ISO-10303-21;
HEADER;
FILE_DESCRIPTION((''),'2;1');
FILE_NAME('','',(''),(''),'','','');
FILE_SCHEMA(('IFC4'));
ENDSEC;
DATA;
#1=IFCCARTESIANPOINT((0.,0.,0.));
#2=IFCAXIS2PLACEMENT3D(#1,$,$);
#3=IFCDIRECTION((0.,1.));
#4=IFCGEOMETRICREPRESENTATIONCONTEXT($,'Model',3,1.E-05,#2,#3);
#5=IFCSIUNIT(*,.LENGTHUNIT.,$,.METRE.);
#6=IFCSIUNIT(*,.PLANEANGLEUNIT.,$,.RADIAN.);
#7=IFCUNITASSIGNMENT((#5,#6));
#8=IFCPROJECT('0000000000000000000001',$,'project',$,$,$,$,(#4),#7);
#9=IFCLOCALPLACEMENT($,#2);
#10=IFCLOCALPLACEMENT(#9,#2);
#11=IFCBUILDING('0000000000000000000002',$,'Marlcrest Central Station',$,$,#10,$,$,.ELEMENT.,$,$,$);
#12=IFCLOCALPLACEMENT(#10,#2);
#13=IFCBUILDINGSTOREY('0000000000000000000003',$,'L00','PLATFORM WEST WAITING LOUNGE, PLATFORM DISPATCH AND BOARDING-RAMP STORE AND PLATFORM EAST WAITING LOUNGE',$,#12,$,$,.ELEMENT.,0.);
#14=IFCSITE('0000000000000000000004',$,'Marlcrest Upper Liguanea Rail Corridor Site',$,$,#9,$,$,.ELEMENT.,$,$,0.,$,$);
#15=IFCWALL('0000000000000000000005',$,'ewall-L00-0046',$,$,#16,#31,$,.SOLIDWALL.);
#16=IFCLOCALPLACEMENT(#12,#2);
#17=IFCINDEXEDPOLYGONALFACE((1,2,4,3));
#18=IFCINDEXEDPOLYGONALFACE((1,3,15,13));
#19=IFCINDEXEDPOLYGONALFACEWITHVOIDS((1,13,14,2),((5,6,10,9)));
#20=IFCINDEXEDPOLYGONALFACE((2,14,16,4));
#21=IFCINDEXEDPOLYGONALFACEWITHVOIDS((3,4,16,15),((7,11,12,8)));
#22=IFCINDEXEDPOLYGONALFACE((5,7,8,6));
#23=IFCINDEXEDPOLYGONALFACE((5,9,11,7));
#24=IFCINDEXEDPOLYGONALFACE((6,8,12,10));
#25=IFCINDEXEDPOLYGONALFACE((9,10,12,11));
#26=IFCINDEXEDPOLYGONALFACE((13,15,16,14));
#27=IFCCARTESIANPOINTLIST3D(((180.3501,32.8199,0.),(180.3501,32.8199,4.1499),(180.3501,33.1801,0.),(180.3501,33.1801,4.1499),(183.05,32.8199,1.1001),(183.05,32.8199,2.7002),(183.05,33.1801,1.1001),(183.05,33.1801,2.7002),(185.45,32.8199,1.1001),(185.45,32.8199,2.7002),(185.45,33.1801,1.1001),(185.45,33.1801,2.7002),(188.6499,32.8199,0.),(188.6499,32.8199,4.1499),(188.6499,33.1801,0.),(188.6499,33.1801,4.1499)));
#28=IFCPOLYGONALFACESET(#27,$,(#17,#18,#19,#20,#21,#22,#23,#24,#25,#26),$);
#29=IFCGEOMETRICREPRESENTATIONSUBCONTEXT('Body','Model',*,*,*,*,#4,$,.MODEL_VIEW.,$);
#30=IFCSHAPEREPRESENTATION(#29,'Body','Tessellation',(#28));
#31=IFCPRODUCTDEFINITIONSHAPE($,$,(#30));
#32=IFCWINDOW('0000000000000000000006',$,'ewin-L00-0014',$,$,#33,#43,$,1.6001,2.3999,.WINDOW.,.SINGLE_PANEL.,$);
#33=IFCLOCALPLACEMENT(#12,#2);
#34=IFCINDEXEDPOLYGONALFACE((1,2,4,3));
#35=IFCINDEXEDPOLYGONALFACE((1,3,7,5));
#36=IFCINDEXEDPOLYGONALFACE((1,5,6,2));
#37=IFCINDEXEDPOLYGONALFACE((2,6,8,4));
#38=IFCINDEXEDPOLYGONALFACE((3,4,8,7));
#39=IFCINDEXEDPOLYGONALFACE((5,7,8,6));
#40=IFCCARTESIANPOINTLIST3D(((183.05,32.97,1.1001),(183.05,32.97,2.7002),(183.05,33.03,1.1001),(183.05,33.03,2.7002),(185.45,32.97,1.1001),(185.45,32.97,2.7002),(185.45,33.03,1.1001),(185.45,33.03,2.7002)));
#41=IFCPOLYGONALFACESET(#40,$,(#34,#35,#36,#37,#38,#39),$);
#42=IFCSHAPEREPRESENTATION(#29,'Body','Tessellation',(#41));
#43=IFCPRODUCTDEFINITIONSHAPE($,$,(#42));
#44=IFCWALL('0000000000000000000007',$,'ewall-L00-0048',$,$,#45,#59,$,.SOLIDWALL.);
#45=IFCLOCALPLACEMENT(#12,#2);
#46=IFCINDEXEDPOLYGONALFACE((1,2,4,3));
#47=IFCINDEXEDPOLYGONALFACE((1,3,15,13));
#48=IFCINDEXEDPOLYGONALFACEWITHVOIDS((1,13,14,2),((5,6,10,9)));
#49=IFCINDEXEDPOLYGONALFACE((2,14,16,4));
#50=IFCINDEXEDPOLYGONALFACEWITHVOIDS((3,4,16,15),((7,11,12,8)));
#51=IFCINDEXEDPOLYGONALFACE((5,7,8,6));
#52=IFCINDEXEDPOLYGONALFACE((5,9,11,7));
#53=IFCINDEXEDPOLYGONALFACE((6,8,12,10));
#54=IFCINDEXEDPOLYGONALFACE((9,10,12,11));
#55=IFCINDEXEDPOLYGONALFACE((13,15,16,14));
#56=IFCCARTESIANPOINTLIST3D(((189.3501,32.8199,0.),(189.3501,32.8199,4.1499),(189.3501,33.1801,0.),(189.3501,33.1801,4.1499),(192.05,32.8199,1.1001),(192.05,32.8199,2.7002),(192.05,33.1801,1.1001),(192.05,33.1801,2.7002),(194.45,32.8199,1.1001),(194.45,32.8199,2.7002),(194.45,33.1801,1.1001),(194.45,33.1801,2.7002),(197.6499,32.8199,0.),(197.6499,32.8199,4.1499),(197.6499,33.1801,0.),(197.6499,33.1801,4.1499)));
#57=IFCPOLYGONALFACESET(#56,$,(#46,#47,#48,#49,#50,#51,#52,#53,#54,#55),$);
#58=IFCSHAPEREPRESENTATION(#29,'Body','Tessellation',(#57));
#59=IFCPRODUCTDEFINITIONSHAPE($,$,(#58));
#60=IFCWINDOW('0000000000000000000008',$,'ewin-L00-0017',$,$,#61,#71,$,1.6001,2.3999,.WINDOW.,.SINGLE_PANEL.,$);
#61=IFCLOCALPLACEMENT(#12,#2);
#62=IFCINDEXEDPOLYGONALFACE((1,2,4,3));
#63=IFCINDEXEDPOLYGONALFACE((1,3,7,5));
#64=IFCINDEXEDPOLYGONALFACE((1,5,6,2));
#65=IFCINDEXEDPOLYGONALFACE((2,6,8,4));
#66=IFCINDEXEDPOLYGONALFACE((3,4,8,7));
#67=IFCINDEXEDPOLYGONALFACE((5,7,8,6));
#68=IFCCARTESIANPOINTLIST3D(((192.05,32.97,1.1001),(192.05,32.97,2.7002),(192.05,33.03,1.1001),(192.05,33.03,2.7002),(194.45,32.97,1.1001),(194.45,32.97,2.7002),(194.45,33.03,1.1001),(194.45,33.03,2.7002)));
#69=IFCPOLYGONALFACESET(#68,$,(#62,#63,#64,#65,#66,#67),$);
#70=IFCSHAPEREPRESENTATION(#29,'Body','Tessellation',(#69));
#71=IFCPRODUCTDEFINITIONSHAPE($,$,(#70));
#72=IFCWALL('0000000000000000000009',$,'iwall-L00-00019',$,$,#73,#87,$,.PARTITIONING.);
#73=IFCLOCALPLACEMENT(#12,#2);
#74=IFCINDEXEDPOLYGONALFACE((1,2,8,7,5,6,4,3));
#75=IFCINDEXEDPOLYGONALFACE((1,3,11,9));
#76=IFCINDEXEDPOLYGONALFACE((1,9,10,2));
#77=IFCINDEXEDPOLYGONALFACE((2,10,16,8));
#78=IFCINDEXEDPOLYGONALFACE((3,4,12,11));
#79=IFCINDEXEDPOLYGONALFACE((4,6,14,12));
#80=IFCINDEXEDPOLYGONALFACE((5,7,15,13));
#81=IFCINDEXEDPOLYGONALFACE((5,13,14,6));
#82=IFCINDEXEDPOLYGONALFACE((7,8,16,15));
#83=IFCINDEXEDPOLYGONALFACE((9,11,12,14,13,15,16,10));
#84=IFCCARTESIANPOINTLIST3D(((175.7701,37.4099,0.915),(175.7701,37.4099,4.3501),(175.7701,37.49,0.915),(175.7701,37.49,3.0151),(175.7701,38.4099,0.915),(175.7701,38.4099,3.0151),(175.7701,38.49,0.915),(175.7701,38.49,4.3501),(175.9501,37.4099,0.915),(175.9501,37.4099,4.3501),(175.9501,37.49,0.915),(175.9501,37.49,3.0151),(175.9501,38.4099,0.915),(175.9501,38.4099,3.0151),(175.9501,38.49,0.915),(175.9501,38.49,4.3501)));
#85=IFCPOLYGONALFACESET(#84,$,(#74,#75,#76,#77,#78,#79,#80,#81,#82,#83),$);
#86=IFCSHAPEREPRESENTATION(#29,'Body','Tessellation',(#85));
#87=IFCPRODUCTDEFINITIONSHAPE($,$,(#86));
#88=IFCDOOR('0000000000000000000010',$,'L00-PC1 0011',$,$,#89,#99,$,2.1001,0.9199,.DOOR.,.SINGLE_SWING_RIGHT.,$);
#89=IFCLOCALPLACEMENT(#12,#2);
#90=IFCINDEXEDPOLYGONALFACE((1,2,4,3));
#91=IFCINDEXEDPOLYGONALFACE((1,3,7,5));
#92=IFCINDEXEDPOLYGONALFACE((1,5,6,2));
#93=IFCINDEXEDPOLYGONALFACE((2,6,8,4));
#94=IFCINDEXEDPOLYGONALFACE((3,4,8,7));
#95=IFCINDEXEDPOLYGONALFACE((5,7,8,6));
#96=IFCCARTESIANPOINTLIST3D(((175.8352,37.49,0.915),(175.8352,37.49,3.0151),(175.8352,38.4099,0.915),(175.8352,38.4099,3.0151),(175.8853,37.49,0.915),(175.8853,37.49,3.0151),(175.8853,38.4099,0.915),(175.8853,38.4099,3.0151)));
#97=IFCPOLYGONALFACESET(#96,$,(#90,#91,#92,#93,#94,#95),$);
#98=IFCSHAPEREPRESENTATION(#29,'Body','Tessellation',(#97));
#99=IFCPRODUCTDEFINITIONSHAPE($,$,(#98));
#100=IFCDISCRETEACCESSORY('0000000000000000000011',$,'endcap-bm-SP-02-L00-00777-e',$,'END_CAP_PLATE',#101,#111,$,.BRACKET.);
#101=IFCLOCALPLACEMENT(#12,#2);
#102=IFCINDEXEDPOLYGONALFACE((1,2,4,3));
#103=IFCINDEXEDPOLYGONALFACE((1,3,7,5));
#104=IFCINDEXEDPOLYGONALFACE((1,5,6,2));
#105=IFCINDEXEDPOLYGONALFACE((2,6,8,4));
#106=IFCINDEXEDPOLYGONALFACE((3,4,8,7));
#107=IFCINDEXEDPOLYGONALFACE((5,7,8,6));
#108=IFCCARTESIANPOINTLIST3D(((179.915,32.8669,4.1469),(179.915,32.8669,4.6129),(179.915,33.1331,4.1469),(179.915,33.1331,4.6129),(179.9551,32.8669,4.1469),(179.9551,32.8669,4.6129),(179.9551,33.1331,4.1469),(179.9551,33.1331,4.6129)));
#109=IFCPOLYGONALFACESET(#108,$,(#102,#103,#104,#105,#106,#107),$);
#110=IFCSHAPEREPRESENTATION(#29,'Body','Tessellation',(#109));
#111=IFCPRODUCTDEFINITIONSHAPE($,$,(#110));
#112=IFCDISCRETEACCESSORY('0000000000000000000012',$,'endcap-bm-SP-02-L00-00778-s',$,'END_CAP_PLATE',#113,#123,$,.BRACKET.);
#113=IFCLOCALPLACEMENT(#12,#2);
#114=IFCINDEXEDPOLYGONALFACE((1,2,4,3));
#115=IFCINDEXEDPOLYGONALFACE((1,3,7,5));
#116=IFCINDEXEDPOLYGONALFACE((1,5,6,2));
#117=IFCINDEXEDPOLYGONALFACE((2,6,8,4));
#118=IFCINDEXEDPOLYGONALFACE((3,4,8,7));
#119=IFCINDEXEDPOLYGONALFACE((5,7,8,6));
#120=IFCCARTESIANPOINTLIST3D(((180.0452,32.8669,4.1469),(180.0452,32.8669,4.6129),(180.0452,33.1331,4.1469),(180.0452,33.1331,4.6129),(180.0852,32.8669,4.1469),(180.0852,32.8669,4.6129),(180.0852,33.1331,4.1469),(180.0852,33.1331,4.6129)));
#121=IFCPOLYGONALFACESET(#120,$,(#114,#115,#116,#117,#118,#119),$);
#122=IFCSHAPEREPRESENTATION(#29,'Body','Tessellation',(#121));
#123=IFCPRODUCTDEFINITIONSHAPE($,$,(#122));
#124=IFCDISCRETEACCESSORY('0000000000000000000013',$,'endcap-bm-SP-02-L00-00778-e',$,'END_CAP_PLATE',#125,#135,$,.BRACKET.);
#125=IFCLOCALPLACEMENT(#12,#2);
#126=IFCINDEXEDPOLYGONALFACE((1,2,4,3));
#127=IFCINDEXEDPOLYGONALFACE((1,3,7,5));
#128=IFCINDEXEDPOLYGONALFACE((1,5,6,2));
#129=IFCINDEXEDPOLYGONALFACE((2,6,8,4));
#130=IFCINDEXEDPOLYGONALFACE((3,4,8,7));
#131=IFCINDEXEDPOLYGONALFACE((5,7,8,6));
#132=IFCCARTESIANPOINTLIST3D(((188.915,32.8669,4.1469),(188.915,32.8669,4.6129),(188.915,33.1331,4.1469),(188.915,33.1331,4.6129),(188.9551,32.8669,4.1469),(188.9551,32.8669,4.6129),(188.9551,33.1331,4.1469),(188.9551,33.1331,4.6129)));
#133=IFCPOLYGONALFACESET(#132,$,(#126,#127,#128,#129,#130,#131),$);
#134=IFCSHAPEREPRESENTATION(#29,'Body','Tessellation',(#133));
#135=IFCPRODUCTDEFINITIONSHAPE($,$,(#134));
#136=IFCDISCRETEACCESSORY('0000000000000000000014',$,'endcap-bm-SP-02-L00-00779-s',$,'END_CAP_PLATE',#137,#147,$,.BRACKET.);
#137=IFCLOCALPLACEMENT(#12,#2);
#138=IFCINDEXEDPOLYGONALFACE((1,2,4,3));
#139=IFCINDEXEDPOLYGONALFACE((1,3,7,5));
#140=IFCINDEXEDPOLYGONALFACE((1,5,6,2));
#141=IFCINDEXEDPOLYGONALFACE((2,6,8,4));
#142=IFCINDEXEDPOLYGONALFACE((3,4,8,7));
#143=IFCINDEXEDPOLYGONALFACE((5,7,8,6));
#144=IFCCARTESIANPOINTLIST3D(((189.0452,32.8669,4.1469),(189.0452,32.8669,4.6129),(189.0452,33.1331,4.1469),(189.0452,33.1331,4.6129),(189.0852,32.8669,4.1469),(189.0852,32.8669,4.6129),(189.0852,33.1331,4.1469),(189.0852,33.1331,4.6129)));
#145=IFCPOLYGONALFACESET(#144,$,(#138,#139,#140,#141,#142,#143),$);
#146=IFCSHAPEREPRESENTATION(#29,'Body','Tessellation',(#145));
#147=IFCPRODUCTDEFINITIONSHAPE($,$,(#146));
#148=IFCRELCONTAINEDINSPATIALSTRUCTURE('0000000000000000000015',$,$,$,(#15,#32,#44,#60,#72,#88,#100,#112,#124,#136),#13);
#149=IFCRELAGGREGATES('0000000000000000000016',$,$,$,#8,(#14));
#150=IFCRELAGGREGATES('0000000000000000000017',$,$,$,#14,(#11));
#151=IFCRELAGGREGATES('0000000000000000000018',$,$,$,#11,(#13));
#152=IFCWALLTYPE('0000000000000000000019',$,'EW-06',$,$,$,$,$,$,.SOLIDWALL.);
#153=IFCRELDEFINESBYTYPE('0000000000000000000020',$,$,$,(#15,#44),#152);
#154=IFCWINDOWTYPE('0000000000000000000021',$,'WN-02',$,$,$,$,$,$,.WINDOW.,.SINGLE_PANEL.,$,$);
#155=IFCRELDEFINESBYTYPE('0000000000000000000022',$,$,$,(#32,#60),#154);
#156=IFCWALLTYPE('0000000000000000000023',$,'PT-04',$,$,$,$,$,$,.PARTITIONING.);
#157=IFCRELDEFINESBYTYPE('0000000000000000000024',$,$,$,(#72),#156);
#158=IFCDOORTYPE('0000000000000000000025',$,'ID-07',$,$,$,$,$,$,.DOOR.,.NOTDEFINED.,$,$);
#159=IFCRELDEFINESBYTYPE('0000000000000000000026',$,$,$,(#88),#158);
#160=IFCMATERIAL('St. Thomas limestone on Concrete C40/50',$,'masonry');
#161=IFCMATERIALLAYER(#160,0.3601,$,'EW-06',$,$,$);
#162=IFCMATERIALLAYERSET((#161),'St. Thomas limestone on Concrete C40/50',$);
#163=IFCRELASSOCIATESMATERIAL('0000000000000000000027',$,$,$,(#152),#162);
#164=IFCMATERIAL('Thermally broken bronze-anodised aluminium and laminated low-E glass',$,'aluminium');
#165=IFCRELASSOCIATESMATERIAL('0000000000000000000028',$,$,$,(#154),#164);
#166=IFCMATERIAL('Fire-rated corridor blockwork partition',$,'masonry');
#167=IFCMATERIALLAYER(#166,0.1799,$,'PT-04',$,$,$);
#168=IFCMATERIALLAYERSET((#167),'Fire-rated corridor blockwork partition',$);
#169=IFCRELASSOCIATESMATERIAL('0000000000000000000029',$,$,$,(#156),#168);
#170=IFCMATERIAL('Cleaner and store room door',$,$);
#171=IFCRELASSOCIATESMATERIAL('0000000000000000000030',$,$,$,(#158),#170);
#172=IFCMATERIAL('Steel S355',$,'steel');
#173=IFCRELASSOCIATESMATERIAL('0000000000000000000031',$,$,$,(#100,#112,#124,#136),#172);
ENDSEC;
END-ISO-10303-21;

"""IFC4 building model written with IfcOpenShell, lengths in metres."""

from ifc_helpers import new_model, si_unit, direction, frame, frame_2d, origin, origin_2d, place, context, subcontext, project, spatial, rectangle, extrude, material, layer, layer_set, type_object, element, fill, save


model = new_model("IFC4")

# Units and contexts
model_context = context("Model", 3, precision=1e-05, world=origin(), true_north=direction((0.0, 1.0)))
body_context = subcontext(model_context, "Body", "Model", "MODEL_VIEW")
ifc_project = project(units=[si_unit("LENGTHUNIT", "METRE"), si_unit("PLANEANGLEUNIT", "RADIAN")], contexts=[model_context])

# Site, building, storey
site_placement = place(None, origin())
site = spatial("IfcSite", under=ifc_project, at=site_placement, Name="Marlcrest Upper Liguanea Rail Corridor Site", CompositionType="ELEMENT", RefElevation=0.0)
building_placement = place(site_placement, origin())
building = spatial("IfcBuilding", under=site, at=building_placement, Name="Marlcrest Central Station", CompositionType="ELEMENT")
storey_placement = place(building_placement, origin())
storey = spatial("IfcBuildingStorey", under=building, at=storey_placement, Name="L00", Description="PLATFORM WEST WAITING LOUNGE, PLATFORM DISPATCH AND BOARDING-RAMP STORE AND PLATFORM EAST WAITING LOUNGE", CompositionType="ELEMENT", Elevation=0.0)

# Shared definitions
ifc_material_1 = material(Name="Steel S355", Category="steel")

# Walls, openings, windows
ifc_material_2 = material(Name="St. Thomas limestone on Concrete C40/50", Category="masonry")
ifc_layer_1 = layer(ifc_material_2, 0.3601, Name="EW-06")
ifc_layer_set_1 = layer_set([ifc_layer_1], Name="St. Thomas limestone on Concrete C40/50")
wall_type_1 = type_object("IfcWallType", Name="EW-06", PredefinedType="SOLIDWALL", material=ifc_layer_set_1)
wall_1_placement = place(storey_placement, frame((180.3501, 33.0, 0.0), z_axis=(0.0, 0.0, 1.0), x_axis=(1.0, 0.0, 0.0)))
wall_1 = element("IfcWall", 1, at=wall_1_placement, inside=storey, type_object=wall_type_1, Name="ewall-L00-0046", PredefinedType="SOLIDWALL", context=body_context, shape_type="SweptSolid", body=[
    extrude(rectangle(XDim=8.2998, YDim=0.3601, at=frame_2d((4.1499, 0.0))), origin(), (0.0, 0.0, 1.0), 4.1499),
])
opening_1_placement = place(wall_1_placement, frame((2.7, 0.0, 1.1001)))
opening_1 = element("IfcOpeningElement", 2, at=opening_1_placement, cuts=wall_1, PredefinedType="OPENING", context=body_context, shape_type="SweptSolid", body=[
    extrude(rectangle(XDim=2.3999, YDim=1.6001, at=frame_2d((1.2, 0.8))), frame((0.0, 0.1899, 0.0), z_axis=(0.0, -1.0, 0.0), x_axis=(1.0, 0.0, 0.0)), (0.0, 0.0, 1.0), 0.3801),
])
ifc_material_3 = material(Name="Thermally broken bronze-anodised aluminium and laminated low-E glass", Category="aluminium")
window_type = type_object("IfcWindowType", Name="WN-02", PartitioningType="SINGLE_PANEL", PredefinedType="WINDOW", material=ifc_material_3)
window_1_placement = place(opening_1_placement, origin())
window_1 = element("IfcWindow", 3, at=window_1_placement, inside=storey, type_object=window_type, Name="ewin-L00-0014", OverallHeight=1.6001, OverallWidth=2.3999, PartitioningType="SINGLE_PANEL", PredefinedType="WINDOW", context=body_context, shape_type="SweptSolid", body=[
    extrude(rectangle(XDim=2.3999, YDim=1.6001, at=frame_2d((1.2, 0.8))), frame((0.0, 0.03, 0.0), z_axis=(0.0, -1.0, 0.0), x_axis=(1.0, 0.0, 0.0)), (0.0, 0.0, 1.0), 0.0601),
])
fill(opening_1, window_1)
wall_2_placement = place(storey_placement, frame((189.3501, 33.0, 0.0), z_axis=(0.0, 0.0, 1.0), x_axis=(1.0, 0.0, 0.0)))
wall_2 = element("IfcWall", 4, at=wall_2_placement, inside=storey, type_object=wall_type_1, Name="ewall-L00-0048", PredefinedType="SOLIDWALL", context=body_context, shape_type="SweptSolid", body=[
    extrude(rectangle(XDim=8.2998, YDim=0.3601, at=frame_2d((4.1499, 0.0))), origin(), (0.0, 0.0, 1.0), 4.1499),
])
opening_2_placement = place(wall_2_placement, frame((2.7, 0.0, 1.1001)))
opening_2 = element("IfcOpeningElement", 5, at=opening_2_placement, cuts=wall_2, PredefinedType="OPENING", context=body_context, shape_type="SweptSolid", body=[
    extrude(rectangle(XDim=2.3999, YDim=1.6001, at=frame_2d((1.2, 0.8))), frame((0.0, 0.1899, 0.0), z_axis=(0.0, -1.0, 0.0), x_axis=(1.0, 0.0, 0.0)), (0.0, 0.0, 1.0), 0.3801),
])
window_2_placement = place(opening_2_placement, origin())
window_2 = element("IfcWindow", 6, at=window_2_placement, inside=storey, type_object=window_type, Name="ewin-L00-0017", OverallHeight=1.6001, OverallWidth=2.3999, PartitioningType="SINGLE_PANEL", PredefinedType="WINDOW", context=body_context, shape_type="SweptSolid", body=[
    extrude(rectangle(XDim=2.3999, YDim=1.6001, at=frame_2d((1.2, 0.8))), frame((0.0, 0.03, 0.0), z_axis=(0.0, -1.0, 0.0), x_axis=(1.0, 0.0, 0.0)), (0.0, 0.0, 1.0), 0.0601),
])
fill(opening_2, window_2)

# Wall, opening, door
ifc_material_4 = material(Name="Fire-rated corridor blockwork partition", Category="masonry")
ifc_layer_2 = layer(ifc_material_4, 0.1799, Name="PT-04")
ifc_layer_set_2 = layer_set([ifc_layer_2], Name="Fire-rated corridor blockwork partition")
wall_type_2 = type_object("IfcWallType", Name="PT-04", PredefinedType="PARTITIONING", material=ifc_layer_set_2)
wall_3_placement = place(storey_placement, frame((175.8601, 37.4099, 0.915), z_axis=(0.0, 0.0, 1.0), x_axis=(0.0, 1.0, 0.0)))
wall_3 = element("IfcWall", 7, at=wall_3_placement, inside=storey, type_object=wall_type_2, Name="iwall-L00-00019", PredefinedType="PARTITIONING", context=body_context, shape_type="SweptSolid", body=[
    extrude(rectangle(XDim=1.0801, YDim=0.1799, at=frame_2d((0.54, 0.0))), origin(), (0.0, 0.0, 1.0), 3.4351),
])
opening_3_placement = place(wall_3_placement, frame((0.0801, 0.0, 0.0)))
opening_3 = element("IfcOpeningElement", 8, at=opening_3_placement, cuts=wall_3, PredefinedType="OPENING", context=body_context, shape_type="SweptSolid", body=[
    extrude(rectangle(XDim=0.9199, YDim=2.1001, at=frame_2d((0.46, 1.05))), frame((0.0, 0.0999, 0.0), z_axis=(0.0, -1.0, 0.0), x_axis=(1.0, 0.0, 0.0)), (0.0, 0.0, 1.0), 0.2),
])
ifc_material_5 = material(Name="Cleaner and store room door")
door_type = type_object("IfcDoorType", Name="ID-07", OperationType="NOTDEFINED", PredefinedType="DOOR", material=ifc_material_5)
door_placement = place(opening_3_placement, origin())
door = element("IfcDoor", 9, at=door_placement, inside=storey, type_object=door_type, Name="L00-PC1 0011", OperationType="SINGLE_SWING_RIGHT", OverallHeight=2.1001, OverallWidth=0.9199, PredefinedType="DOOR", context=body_context, shape_type="SweptSolid", body=[
    extrude(rectangle(XDim=0.9199, YDim=2.1001, at=frame_2d((0.46, 1.05))), frame((0.0, 0.0249, 0.0), z_axis=(0.0, -1.0, 0.0), x_axis=(1.0, 0.0, 0.0)), (0.0, 0.0, 1.0), 0.05),
])
fill(opening_3, door)

# Discrete accessories
for number, where, z_axis, x_axis, name in (
    (10, (179.915, 33.0, 4.3799), (1.0, 0.0, 0.0), (0.0, 1.0, 0.0), "endcap-bm-SP-02-L00-00777-e"),
    (11, (180.0452, 33.0, 4.3799), (1.0, 0.0, 0.0), (0.0, 1.0, 0.0), "endcap-bm-SP-02-L00-00778-s"),
    (12, (188.915, 33.0, 4.3799), (1.0, 0.0, 0.0), (0.0, 1.0, 0.0), "endcap-bm-SP-02-L00-00778-e"),
    (13, (189.0452, 33.0, 4.3799), (1.0, 0.0, 0.0), (0.0, 1.0, 0.0), "endcap-bm-SP-02-L00-00779-s"),
):
    element("IfcDiscreteAccessory", number, at=place(storey_placement, frame(where, z_axis=z_axis, x_axis=x_axis)), inside=storey, material=ifc_material_1, Name=name, ObjectType="END_CAP_PLATE", PredefinedType="BRACKET", context=body_context, shape_type="SweptSolid", body=[
        extrude(rectangle(XDim=0.2661, YDim=0.4661, at=origin_2d()), origin(), (0.0, 0.0, 1.0), 0.04),
    ])

save(model, "model.ifc")
